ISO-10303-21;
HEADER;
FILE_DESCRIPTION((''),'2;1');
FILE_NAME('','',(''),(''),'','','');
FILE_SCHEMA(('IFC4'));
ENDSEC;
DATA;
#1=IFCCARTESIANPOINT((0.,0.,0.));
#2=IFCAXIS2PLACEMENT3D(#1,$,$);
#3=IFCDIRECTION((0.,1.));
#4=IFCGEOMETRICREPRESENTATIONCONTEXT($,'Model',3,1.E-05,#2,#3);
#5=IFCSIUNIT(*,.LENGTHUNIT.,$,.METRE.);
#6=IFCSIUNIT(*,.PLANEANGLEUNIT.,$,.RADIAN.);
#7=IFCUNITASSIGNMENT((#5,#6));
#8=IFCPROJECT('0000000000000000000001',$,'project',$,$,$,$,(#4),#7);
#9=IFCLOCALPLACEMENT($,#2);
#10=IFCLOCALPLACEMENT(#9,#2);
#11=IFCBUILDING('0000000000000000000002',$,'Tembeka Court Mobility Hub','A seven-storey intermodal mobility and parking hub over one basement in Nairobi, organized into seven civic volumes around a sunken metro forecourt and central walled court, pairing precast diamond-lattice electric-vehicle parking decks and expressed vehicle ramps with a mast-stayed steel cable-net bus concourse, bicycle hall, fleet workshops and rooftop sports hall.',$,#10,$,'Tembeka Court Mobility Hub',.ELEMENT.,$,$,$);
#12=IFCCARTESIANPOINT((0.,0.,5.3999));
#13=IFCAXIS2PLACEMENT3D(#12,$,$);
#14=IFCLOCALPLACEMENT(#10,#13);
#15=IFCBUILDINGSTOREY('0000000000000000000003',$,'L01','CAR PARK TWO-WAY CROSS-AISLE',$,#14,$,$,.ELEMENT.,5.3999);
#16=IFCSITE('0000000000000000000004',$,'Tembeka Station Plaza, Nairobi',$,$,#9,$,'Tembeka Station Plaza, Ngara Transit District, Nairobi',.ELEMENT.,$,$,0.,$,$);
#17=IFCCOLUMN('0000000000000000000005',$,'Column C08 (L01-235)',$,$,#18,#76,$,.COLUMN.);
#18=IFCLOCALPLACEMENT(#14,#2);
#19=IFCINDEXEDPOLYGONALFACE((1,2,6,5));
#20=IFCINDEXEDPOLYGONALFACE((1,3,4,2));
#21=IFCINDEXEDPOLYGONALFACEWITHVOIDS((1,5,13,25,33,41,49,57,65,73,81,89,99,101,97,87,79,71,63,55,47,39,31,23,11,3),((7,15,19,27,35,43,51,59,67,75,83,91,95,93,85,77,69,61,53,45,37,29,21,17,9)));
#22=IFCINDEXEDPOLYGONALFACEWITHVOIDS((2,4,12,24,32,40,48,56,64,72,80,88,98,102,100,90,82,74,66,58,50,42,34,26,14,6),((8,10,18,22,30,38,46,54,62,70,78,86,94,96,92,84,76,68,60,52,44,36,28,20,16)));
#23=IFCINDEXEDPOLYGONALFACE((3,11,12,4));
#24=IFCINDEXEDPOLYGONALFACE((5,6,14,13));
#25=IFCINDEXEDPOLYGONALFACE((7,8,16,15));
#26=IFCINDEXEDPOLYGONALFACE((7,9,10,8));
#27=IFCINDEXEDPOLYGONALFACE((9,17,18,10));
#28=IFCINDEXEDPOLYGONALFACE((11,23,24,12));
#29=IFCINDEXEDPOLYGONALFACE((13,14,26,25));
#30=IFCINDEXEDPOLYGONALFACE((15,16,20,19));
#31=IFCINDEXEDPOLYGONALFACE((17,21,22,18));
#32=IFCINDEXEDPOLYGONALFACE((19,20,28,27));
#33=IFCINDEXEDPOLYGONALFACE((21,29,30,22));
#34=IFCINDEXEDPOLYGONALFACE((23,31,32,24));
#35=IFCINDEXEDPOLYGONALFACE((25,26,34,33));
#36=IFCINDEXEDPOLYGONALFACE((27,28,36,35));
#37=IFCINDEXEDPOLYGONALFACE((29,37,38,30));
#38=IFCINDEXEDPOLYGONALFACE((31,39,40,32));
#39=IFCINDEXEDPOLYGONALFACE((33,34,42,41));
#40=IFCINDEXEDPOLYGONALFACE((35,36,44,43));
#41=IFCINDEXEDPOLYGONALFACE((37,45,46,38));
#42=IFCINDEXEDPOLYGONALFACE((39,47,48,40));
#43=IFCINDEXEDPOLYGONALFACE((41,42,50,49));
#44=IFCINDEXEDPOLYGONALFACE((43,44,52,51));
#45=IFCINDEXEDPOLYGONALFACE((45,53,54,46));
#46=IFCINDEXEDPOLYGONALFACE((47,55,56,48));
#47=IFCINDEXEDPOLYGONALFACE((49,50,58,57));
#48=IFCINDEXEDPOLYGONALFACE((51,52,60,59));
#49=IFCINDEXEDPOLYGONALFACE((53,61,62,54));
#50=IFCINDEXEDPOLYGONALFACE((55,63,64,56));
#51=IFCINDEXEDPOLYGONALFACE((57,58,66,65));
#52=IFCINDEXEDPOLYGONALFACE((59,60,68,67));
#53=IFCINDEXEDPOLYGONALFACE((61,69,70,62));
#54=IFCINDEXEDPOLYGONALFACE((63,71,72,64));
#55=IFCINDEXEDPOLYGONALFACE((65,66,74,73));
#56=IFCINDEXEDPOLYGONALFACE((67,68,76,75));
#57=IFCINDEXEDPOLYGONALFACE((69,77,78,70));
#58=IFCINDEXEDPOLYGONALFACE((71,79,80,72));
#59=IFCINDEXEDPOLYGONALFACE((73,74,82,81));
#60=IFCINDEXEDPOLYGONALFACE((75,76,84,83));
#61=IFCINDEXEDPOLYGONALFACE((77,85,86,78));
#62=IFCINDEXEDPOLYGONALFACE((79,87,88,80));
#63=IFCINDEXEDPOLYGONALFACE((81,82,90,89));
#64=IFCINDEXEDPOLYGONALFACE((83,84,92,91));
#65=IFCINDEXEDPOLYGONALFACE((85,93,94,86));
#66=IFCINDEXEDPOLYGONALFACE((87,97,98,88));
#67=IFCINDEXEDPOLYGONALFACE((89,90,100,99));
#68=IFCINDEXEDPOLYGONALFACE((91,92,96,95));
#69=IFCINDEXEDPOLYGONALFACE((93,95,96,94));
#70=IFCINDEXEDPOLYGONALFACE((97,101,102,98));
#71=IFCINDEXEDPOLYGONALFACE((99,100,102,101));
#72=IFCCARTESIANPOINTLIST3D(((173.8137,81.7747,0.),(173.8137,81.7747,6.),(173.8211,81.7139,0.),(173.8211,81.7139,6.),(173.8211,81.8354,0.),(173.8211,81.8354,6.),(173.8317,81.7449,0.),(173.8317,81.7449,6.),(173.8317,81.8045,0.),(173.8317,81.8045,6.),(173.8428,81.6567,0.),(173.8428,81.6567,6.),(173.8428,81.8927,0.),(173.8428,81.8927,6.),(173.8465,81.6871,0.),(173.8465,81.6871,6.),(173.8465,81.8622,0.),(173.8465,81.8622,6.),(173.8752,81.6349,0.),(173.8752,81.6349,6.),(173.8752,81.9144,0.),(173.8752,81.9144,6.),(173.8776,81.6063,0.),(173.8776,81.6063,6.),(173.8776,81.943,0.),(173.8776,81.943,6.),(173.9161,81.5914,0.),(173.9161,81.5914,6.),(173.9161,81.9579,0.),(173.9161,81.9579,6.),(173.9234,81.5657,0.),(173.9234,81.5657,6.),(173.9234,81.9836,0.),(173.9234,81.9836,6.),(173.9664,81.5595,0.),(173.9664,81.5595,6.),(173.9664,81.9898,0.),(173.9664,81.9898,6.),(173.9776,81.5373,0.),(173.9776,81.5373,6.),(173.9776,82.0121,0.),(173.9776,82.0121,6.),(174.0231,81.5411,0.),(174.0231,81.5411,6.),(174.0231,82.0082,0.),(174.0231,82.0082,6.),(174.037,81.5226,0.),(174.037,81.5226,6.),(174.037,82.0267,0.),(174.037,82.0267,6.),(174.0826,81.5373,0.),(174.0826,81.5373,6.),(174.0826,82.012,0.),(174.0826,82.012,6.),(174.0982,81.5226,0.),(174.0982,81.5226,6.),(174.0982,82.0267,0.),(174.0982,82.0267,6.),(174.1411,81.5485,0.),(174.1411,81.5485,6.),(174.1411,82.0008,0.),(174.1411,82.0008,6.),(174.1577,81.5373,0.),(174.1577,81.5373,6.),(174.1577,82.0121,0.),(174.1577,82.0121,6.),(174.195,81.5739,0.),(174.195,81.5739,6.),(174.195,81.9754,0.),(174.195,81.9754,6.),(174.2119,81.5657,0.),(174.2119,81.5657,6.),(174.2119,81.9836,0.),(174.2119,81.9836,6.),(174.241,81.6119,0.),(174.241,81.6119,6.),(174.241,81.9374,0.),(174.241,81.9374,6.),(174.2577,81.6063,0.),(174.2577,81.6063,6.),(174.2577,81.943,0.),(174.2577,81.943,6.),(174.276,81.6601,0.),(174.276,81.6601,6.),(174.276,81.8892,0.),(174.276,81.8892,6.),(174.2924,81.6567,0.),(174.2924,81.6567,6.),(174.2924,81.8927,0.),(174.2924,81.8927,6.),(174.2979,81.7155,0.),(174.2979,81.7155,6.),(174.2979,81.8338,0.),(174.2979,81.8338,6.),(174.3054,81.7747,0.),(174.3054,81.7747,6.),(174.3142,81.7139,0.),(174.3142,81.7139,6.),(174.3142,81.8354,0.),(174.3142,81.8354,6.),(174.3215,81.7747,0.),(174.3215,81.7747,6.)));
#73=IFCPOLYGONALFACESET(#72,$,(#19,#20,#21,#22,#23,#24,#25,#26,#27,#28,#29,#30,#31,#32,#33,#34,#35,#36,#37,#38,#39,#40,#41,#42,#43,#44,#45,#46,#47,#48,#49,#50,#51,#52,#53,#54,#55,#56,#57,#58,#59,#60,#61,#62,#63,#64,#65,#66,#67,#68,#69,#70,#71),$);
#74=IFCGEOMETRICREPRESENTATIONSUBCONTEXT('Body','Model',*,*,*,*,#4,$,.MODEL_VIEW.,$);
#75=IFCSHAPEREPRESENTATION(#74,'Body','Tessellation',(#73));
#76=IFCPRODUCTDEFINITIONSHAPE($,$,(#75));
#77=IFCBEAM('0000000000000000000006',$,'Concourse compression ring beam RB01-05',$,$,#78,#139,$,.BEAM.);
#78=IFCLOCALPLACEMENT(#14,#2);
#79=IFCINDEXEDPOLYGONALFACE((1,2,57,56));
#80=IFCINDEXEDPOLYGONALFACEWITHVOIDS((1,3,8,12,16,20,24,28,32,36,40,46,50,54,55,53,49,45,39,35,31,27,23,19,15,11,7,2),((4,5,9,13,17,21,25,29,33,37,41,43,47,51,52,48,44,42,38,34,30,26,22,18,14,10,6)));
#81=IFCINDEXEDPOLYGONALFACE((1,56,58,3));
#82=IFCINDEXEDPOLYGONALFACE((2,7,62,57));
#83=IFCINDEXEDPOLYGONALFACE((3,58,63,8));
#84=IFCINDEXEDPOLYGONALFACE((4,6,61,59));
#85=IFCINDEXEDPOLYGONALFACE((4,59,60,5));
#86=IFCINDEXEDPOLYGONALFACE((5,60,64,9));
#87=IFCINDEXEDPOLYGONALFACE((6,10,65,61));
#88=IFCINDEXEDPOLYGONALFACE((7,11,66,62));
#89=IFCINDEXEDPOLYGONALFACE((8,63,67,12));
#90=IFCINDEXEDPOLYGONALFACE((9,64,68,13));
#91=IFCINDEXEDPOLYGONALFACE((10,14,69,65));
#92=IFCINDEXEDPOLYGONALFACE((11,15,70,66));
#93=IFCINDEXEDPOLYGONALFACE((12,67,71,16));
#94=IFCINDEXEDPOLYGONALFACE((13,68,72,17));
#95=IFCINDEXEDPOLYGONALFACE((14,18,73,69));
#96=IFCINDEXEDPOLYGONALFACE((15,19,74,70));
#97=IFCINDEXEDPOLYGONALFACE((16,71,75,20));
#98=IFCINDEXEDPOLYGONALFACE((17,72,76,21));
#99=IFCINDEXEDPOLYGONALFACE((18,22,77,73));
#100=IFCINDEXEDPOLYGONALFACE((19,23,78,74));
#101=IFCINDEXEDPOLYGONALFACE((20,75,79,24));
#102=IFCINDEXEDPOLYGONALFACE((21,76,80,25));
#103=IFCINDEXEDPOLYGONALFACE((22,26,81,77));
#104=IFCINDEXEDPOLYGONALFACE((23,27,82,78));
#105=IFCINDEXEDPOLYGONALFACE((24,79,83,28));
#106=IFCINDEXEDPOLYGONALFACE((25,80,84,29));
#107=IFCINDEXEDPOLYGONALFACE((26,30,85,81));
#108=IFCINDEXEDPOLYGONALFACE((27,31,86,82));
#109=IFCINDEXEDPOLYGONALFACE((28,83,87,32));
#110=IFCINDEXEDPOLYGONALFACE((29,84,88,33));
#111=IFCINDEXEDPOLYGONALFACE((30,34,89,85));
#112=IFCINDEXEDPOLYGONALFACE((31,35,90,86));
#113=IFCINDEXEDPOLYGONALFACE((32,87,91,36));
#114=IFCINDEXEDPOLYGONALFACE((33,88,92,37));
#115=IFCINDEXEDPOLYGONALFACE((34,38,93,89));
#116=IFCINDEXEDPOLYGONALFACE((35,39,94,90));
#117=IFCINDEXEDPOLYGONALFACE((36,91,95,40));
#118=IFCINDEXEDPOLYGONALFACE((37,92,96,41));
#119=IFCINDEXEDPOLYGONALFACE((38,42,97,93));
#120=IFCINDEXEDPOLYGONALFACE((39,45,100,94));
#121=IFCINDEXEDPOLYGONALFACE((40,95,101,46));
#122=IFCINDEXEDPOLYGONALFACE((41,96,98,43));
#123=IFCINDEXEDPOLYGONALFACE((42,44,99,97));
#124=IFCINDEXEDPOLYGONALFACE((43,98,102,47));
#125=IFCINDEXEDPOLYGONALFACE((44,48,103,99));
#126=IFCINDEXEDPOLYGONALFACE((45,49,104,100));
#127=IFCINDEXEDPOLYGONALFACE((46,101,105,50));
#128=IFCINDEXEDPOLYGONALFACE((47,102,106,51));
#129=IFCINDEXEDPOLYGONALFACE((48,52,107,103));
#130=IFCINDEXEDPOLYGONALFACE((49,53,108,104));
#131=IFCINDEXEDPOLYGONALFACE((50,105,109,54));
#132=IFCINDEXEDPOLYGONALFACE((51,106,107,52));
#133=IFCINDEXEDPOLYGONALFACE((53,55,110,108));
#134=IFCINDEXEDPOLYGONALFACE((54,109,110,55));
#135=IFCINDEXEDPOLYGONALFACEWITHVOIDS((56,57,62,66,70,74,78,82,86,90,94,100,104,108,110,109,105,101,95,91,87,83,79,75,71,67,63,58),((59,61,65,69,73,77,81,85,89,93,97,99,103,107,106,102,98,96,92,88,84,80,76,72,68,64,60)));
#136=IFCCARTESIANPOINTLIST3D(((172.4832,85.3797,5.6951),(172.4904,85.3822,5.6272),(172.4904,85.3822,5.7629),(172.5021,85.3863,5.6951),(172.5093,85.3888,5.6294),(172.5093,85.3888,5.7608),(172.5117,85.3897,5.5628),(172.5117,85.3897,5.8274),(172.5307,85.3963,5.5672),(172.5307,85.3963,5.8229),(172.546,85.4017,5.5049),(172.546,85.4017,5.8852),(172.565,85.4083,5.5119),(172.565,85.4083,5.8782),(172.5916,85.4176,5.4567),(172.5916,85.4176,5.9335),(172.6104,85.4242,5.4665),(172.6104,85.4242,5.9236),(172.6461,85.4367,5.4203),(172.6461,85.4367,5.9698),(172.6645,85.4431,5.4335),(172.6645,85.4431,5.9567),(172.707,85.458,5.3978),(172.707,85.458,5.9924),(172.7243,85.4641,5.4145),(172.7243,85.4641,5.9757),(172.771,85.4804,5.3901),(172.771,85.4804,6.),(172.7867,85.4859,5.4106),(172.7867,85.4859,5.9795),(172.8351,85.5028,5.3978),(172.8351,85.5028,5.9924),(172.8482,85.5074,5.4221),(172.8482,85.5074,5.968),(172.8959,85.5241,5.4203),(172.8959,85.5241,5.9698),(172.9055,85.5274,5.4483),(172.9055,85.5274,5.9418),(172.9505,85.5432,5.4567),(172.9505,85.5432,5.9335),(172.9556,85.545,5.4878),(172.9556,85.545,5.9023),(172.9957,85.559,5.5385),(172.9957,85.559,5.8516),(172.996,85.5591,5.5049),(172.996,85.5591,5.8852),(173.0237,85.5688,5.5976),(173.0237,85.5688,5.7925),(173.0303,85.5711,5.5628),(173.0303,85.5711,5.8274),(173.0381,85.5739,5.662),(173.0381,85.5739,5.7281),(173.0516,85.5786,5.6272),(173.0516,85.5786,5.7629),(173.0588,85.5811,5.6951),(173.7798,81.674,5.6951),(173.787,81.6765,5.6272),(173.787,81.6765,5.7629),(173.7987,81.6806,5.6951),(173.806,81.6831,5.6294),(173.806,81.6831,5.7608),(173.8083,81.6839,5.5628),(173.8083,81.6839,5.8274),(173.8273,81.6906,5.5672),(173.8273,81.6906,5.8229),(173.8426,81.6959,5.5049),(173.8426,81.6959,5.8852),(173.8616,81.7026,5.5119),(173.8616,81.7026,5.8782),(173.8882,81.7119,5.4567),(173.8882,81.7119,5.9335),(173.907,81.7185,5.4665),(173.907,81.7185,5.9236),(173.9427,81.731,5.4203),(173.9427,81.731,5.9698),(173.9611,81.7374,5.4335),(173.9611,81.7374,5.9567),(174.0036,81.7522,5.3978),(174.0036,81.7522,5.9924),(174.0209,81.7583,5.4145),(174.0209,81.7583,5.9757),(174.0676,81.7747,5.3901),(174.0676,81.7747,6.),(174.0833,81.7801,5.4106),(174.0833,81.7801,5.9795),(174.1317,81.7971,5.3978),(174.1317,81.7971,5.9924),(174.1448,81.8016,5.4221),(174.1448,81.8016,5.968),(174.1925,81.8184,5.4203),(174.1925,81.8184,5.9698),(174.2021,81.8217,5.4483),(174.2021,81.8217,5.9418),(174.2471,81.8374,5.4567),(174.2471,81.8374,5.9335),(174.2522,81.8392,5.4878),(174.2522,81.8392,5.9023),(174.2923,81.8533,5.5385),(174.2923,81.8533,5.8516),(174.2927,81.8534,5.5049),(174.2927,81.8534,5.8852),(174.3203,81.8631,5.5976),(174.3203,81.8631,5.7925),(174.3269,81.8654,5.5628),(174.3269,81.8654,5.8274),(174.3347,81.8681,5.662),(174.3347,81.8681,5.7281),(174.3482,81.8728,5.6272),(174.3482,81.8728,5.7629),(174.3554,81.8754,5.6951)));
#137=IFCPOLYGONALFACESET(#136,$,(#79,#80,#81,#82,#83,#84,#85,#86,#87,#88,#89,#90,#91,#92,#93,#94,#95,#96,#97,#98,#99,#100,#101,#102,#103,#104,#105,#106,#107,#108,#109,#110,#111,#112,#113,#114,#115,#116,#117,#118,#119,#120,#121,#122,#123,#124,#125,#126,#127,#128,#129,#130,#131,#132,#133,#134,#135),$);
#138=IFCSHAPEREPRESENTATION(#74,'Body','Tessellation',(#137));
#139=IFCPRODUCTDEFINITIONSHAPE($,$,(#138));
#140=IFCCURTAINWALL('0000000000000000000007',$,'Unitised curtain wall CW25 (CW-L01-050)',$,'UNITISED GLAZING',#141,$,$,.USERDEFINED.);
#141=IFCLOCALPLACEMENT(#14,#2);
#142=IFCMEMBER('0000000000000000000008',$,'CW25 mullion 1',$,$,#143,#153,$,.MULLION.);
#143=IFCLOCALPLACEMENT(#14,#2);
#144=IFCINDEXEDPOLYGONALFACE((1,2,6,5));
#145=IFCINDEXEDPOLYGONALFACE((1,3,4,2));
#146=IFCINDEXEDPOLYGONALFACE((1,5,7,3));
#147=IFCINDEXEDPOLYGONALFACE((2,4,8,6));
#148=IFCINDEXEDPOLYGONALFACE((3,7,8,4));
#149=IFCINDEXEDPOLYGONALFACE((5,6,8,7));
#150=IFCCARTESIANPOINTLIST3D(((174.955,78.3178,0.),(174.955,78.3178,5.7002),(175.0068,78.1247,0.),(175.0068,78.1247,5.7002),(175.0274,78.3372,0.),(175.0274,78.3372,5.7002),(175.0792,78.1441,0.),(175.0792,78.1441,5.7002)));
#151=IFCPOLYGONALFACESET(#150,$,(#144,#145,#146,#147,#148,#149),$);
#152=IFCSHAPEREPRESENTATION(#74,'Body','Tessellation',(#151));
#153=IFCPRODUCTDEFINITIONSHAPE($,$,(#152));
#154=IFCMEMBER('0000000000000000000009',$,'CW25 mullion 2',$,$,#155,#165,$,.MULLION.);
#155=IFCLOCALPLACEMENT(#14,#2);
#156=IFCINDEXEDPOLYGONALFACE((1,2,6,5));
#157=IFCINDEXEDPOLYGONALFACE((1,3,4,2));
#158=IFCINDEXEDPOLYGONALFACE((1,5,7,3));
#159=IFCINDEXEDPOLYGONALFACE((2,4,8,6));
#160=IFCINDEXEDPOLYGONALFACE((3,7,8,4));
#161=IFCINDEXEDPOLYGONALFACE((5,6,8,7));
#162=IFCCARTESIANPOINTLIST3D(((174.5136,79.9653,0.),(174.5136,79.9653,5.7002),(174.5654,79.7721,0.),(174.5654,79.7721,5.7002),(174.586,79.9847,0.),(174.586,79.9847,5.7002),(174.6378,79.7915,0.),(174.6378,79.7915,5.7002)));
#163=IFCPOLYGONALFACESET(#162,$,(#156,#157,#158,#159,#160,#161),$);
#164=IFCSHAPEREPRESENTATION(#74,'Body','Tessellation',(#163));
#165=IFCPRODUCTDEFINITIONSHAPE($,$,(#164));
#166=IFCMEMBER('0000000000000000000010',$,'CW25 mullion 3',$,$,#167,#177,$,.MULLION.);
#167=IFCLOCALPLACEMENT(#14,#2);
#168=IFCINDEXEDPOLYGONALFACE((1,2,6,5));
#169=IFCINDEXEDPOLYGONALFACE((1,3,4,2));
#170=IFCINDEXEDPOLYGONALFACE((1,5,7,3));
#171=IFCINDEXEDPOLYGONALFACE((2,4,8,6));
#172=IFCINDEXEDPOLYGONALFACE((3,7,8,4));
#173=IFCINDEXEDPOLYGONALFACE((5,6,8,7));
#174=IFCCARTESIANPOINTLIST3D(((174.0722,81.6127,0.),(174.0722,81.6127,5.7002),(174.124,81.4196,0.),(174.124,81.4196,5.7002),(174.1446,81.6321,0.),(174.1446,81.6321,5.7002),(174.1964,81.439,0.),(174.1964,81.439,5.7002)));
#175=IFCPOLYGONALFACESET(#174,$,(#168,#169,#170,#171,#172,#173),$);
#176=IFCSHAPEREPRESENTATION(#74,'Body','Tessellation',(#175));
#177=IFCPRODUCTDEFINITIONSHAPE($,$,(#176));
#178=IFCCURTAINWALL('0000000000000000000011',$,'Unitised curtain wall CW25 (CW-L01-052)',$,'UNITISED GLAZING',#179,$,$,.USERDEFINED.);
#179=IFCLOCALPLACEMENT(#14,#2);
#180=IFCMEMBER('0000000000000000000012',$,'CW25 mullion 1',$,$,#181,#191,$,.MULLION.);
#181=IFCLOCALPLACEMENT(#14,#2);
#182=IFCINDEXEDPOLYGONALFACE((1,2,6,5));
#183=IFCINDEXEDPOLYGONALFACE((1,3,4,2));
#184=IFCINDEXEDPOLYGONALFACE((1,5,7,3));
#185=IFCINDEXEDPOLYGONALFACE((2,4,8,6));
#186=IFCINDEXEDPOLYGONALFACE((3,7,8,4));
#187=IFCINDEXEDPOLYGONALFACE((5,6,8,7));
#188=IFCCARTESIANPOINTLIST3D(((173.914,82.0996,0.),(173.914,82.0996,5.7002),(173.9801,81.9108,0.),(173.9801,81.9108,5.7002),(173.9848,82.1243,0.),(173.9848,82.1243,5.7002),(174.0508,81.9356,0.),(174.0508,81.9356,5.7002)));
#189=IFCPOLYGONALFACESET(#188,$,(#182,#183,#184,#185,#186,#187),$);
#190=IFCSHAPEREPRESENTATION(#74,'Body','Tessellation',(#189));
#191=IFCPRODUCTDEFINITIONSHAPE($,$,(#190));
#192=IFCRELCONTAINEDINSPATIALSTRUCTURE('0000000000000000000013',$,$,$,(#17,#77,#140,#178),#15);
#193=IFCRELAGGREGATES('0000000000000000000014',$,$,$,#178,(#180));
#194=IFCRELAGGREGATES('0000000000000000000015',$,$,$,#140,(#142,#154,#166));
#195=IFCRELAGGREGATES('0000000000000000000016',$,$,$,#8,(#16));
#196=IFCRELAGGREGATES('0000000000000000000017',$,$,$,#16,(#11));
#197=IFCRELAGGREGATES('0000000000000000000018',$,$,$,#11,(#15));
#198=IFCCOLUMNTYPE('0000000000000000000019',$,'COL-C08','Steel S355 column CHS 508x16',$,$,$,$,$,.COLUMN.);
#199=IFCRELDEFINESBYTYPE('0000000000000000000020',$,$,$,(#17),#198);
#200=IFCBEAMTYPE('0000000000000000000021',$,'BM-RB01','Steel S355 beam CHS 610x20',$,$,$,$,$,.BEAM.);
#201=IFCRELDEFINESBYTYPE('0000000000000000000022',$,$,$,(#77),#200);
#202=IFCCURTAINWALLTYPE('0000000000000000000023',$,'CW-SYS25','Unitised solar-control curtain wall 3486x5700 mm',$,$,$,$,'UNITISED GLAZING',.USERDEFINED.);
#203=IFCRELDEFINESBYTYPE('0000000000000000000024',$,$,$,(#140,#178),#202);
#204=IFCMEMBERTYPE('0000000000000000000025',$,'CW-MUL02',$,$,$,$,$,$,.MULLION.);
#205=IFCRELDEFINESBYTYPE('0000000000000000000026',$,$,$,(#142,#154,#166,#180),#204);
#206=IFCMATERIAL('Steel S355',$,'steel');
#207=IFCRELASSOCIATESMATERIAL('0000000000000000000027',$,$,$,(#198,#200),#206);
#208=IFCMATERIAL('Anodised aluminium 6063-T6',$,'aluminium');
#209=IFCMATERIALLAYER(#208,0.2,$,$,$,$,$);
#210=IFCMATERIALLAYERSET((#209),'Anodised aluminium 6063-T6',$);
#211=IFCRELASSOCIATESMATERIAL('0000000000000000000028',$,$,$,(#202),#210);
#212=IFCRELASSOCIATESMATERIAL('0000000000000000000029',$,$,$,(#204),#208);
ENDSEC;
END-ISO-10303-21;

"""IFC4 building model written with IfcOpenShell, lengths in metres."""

from ifc_helpers import new_model, si_unit, direction, frame, origin, origin_2d, place, context, subcontext, project, spatial, rectangle, hollow_circle, extrude, material, layer, layer_set, material_profile, profile_set, type_object, element, aggregate, save


model = new_model("IFC4")

# Units and contexts
model_context = context("Model", 3, precision=1e-05, world=origin(), true_north=direction((0.0, 1.0)))
body_context = subcontext(model_context, "Body", "Model", "MODEL_VIEW")
ifc_project = project(units=[si_unit("LENGTHUNIT", "METRE"), si_unit("PLANEANGLEUNIT", "RADIAN")], contexts=[model_context])

# Site, building, storey
site_placement = place(None, origin())
site = spatial("IfcSite", under=ifc_project, at=site_placement, Name="Tembeka Station Plaza, Nairobi", LongName="Tembeka Station Plaza, Ngara Transit District, Nairobi", CompositionType="ELEMENT", RefElevation=0.0)
building_placement = place(site_placement, origin())
building = spatial("IfcBuilding", under=site, at=building_placement, Name="Tembeka Court Mobility Hub", Description="A seven-storey intermodal mobility and parking hub over one basement in Nairobi, organized into seven civic volumes around a sunken metro forecourt and central walled court, pairing precast diamond-lattice electric-vehicle parking decks and expressed vehicle ramps with a mast-stayed steel cable-net bus concourse, bicycle hall, fleet workshops and rooftop sports hall.", LongName="Tembeka Court Mobility Hub", CompositionType="ELEMENT")
storey_placement = place(building_placement, frame((0.0, 0.0, 5.3999)))
storey = spatial("IfcBuildingStorey", under=building, at=storey_placement, Name="L01", Description="CAR PARK TWO-WAY CROSS-AISLE", CompositionType="ELEMENT", Elevation=5.3999)

# Column
ifc_material_1 = material(Name="Steel S355", Category="steel")
ifc_material_profile_1 = material_profile(ifc_material_1, hollow_circle(Radius=0.2539, WallThickness=0.0161, at=origin_2d()), Name="CHS 508x16")
ifc_profile_set_1 = profile_set([ifc_material_profile_1], Name="Steel S355")
column_type = type_object("IfcColumnType", Name="COL-C08", Description="Steel S355 column CHS 508x16", PredefinedType="COLUMN", material=ifc_profile_set_1)
column_placement = place(storey_placement, frame((174.0676, 81.7747, 0.0), z_axis=(0.0, 0.0, 1.0), x_axis=(1.0, 0.0, 0.0)))
element("IfcColumn", 1, at=column_placement, inside=storey, type_object=column_type, Name="Column C08 (L01-235)", PredefinedType="COLUMN", context=body_context, shape_type="SweptSolid", body=[
    extrude(hollow_circle(Radius=0.2539, WallThickness=0.0161, at=origin_2d()), origin(), (0.0, 0.0, 1.0), 6.0),
])

# Beam
ifc_material_profile_2 = material_profile(ifc_material_1, hollow_circle(Radius=0.3049, WallThickness=0.02, at=origin_2d()), Name="CHS 610x20")
ifc_profile_set_2 = profile_set([ifc_material_profile_2], Name="Steel S355")
beam_type = type_object("IfcBeamType", Name="BM-RB01", Description="Steel S355 beam CHS 610x20", PredefinedType="BEAM", material=ifc_profile_set_2)
beam_placement = place(storey_placement, frame((174.0676, 81.7747, 5.6951), z_axis=(-0.330259, 0.94389, 0.0), x_axis=(-0.94389, -0.330259, 0.0)))
element("IfcBeam", 2, at=beam_placement, inside=storey, type_object=beam_type, Name="Concourse compression ring beam RB01-05", PredefinedType="BEAM", context=body_context, shape_type="SweptSolid", body=[
    extrude(hollow_circle(Radius=0.3049, WallThickness=0.02, at=origin_2d()), origin(), (0.0, 0.0, 1.0), 3.926),
])

# Curtain wall, members
ifc_material_2 = material(Name="Anodised aluminium 6063-T6", Category="aluminium")
ifc_layer_1 = layer(ifc_material_2, 0.2)
ifc_layer_set_1 = layer_set([ifc_layer_1], Name="Anodised aluminium 6063-T6")
curtain_wall_type = type_object("IfcCurtainWallType", Name="CW-SYS25", Description="Unitised solar-control curtain wall 3486x5700 mm", ElementType="UNITISED GLAZING", PredefinedType="USERDEFINED", material=ifc_layer_set_1)
curtain_wall_1_placement = place(storey_placement, origin())
curtain_wall_1 = element("IfcCurtainWall", 3, at=curtain_wall_1_placement, inside=storey, type_object=curtain_wall_type, Name="Unitised curtain wall CW25 (CW-L01-050)", ObjectType="UNITISED GLAZING", PredefinedType="USERDEFINED")
ifc_material_profile_3 = material_profile(ifc_material_2, rectangle(XDim=0.075, YDim=0.2, at=origin_2d()), Name="ALU-MUL 75x200")
ifc_profile_set_3 = profile_set([ifc_material_profile_3], Name="Anodised aluminium 6063-T6")
member_type_1 = type_object("IfcMemberType", Name="CW-MUL02", PredefinedType="MULLION", material=ifc_profile_set_3)
member_1_placement = place(storey_placement, frame((175.0171, 78.231, 0.0), z_axis=(0.0, 0.0, 1.0), x_axis=(-0.965923, -0.258828, 0.0)))
member_1 = element("IfcMember", 4, at=member_1_placement, type_object=member_type_1, Name="CW25 mullion 1", PredefinedType="MULLION", context=body_context, shape_type="SweptSolid", body=[
    extrude(rectangle(XDim=0.075, YDim=0.2, at=origin_2d()), origin(), (0.0, 0.0, 1.0), 5.7002),
])
member_2_placement = place(storey_placement, frame((174.5757, 79.8784, 0.0), z_axis=(0.0, 0.0, 1.0), x_axis=(-0.965923, -0.258828, 0.0)))
member_2 = element("IfcMember", 5, at=member_2_placement, type_object=member_type_1, Name="CW25 mullion 2", PredefinedType="MULLION", context=body_context, shape_type="SweptSolid", body=[
    extrude(rectangle(XDim=0.075, YDim=0.2, at=origin_2d()), origin(), (0.0, 0.0, 1.0), 5.7002),
])
member_3_placement = place(storey_placement, frame((174.1343, 81.5259, 0.0), z_axis=(0.0, 0.0, 1.0), x_axis=(-0.965923, -0.258828, 0.0)))
member_3 = element("IfcMember", 6, at=member_3_placement, type_object=member_type_1, Name="CW25 mullion 3", PredefinedType="MULLION", context=body_context, shape_type="SweptSolid", body=[
    extrude(rectangle(XDim=0.075, YDim=0.2, at=origin_2d()), origin(), (0.0, 0.0, 1.0), 5.7002),
])

# Curtain wall, member
curtain_wall_2_placement = place(storey_placement, origin())
curtain_wall_2 = element("IfcCurtainWall", 7, at=curtain_wall_2_placement, inside=storey, type_object=curtain_wall_type, Name="Unitised curtain wall CW25 (CW-L01-052)", ObjectType="UNITISED GLAZING", PredefinedType="USERDEFINED")
member_4_placement = place(storey_placement, frame((173.9824, 82.0176, 0.0), z_axis=(0.0, 0.0, 1.0), x_axis=(-0.943889, -0.330264, 0.0)))
member_4 = element("IfcMember", 8, at=member_4_placement, type_object=member_type_1, Name="CW25 mullion 1", PredefinedType="MULLION", context=body_context, shape_type="SweptSolid", body=[
    extrude(rectangle(XDim=0.075, YDim=0.2, at=origin_2d()), origin(), (0.0, 0.0, 1.0), 5.7002),
])

aggregate(curtain_wall_2, [member_4])

aggregate(curtain_wall_1, [member_1, member_2, member_3])

save(model, "model.ifc")
